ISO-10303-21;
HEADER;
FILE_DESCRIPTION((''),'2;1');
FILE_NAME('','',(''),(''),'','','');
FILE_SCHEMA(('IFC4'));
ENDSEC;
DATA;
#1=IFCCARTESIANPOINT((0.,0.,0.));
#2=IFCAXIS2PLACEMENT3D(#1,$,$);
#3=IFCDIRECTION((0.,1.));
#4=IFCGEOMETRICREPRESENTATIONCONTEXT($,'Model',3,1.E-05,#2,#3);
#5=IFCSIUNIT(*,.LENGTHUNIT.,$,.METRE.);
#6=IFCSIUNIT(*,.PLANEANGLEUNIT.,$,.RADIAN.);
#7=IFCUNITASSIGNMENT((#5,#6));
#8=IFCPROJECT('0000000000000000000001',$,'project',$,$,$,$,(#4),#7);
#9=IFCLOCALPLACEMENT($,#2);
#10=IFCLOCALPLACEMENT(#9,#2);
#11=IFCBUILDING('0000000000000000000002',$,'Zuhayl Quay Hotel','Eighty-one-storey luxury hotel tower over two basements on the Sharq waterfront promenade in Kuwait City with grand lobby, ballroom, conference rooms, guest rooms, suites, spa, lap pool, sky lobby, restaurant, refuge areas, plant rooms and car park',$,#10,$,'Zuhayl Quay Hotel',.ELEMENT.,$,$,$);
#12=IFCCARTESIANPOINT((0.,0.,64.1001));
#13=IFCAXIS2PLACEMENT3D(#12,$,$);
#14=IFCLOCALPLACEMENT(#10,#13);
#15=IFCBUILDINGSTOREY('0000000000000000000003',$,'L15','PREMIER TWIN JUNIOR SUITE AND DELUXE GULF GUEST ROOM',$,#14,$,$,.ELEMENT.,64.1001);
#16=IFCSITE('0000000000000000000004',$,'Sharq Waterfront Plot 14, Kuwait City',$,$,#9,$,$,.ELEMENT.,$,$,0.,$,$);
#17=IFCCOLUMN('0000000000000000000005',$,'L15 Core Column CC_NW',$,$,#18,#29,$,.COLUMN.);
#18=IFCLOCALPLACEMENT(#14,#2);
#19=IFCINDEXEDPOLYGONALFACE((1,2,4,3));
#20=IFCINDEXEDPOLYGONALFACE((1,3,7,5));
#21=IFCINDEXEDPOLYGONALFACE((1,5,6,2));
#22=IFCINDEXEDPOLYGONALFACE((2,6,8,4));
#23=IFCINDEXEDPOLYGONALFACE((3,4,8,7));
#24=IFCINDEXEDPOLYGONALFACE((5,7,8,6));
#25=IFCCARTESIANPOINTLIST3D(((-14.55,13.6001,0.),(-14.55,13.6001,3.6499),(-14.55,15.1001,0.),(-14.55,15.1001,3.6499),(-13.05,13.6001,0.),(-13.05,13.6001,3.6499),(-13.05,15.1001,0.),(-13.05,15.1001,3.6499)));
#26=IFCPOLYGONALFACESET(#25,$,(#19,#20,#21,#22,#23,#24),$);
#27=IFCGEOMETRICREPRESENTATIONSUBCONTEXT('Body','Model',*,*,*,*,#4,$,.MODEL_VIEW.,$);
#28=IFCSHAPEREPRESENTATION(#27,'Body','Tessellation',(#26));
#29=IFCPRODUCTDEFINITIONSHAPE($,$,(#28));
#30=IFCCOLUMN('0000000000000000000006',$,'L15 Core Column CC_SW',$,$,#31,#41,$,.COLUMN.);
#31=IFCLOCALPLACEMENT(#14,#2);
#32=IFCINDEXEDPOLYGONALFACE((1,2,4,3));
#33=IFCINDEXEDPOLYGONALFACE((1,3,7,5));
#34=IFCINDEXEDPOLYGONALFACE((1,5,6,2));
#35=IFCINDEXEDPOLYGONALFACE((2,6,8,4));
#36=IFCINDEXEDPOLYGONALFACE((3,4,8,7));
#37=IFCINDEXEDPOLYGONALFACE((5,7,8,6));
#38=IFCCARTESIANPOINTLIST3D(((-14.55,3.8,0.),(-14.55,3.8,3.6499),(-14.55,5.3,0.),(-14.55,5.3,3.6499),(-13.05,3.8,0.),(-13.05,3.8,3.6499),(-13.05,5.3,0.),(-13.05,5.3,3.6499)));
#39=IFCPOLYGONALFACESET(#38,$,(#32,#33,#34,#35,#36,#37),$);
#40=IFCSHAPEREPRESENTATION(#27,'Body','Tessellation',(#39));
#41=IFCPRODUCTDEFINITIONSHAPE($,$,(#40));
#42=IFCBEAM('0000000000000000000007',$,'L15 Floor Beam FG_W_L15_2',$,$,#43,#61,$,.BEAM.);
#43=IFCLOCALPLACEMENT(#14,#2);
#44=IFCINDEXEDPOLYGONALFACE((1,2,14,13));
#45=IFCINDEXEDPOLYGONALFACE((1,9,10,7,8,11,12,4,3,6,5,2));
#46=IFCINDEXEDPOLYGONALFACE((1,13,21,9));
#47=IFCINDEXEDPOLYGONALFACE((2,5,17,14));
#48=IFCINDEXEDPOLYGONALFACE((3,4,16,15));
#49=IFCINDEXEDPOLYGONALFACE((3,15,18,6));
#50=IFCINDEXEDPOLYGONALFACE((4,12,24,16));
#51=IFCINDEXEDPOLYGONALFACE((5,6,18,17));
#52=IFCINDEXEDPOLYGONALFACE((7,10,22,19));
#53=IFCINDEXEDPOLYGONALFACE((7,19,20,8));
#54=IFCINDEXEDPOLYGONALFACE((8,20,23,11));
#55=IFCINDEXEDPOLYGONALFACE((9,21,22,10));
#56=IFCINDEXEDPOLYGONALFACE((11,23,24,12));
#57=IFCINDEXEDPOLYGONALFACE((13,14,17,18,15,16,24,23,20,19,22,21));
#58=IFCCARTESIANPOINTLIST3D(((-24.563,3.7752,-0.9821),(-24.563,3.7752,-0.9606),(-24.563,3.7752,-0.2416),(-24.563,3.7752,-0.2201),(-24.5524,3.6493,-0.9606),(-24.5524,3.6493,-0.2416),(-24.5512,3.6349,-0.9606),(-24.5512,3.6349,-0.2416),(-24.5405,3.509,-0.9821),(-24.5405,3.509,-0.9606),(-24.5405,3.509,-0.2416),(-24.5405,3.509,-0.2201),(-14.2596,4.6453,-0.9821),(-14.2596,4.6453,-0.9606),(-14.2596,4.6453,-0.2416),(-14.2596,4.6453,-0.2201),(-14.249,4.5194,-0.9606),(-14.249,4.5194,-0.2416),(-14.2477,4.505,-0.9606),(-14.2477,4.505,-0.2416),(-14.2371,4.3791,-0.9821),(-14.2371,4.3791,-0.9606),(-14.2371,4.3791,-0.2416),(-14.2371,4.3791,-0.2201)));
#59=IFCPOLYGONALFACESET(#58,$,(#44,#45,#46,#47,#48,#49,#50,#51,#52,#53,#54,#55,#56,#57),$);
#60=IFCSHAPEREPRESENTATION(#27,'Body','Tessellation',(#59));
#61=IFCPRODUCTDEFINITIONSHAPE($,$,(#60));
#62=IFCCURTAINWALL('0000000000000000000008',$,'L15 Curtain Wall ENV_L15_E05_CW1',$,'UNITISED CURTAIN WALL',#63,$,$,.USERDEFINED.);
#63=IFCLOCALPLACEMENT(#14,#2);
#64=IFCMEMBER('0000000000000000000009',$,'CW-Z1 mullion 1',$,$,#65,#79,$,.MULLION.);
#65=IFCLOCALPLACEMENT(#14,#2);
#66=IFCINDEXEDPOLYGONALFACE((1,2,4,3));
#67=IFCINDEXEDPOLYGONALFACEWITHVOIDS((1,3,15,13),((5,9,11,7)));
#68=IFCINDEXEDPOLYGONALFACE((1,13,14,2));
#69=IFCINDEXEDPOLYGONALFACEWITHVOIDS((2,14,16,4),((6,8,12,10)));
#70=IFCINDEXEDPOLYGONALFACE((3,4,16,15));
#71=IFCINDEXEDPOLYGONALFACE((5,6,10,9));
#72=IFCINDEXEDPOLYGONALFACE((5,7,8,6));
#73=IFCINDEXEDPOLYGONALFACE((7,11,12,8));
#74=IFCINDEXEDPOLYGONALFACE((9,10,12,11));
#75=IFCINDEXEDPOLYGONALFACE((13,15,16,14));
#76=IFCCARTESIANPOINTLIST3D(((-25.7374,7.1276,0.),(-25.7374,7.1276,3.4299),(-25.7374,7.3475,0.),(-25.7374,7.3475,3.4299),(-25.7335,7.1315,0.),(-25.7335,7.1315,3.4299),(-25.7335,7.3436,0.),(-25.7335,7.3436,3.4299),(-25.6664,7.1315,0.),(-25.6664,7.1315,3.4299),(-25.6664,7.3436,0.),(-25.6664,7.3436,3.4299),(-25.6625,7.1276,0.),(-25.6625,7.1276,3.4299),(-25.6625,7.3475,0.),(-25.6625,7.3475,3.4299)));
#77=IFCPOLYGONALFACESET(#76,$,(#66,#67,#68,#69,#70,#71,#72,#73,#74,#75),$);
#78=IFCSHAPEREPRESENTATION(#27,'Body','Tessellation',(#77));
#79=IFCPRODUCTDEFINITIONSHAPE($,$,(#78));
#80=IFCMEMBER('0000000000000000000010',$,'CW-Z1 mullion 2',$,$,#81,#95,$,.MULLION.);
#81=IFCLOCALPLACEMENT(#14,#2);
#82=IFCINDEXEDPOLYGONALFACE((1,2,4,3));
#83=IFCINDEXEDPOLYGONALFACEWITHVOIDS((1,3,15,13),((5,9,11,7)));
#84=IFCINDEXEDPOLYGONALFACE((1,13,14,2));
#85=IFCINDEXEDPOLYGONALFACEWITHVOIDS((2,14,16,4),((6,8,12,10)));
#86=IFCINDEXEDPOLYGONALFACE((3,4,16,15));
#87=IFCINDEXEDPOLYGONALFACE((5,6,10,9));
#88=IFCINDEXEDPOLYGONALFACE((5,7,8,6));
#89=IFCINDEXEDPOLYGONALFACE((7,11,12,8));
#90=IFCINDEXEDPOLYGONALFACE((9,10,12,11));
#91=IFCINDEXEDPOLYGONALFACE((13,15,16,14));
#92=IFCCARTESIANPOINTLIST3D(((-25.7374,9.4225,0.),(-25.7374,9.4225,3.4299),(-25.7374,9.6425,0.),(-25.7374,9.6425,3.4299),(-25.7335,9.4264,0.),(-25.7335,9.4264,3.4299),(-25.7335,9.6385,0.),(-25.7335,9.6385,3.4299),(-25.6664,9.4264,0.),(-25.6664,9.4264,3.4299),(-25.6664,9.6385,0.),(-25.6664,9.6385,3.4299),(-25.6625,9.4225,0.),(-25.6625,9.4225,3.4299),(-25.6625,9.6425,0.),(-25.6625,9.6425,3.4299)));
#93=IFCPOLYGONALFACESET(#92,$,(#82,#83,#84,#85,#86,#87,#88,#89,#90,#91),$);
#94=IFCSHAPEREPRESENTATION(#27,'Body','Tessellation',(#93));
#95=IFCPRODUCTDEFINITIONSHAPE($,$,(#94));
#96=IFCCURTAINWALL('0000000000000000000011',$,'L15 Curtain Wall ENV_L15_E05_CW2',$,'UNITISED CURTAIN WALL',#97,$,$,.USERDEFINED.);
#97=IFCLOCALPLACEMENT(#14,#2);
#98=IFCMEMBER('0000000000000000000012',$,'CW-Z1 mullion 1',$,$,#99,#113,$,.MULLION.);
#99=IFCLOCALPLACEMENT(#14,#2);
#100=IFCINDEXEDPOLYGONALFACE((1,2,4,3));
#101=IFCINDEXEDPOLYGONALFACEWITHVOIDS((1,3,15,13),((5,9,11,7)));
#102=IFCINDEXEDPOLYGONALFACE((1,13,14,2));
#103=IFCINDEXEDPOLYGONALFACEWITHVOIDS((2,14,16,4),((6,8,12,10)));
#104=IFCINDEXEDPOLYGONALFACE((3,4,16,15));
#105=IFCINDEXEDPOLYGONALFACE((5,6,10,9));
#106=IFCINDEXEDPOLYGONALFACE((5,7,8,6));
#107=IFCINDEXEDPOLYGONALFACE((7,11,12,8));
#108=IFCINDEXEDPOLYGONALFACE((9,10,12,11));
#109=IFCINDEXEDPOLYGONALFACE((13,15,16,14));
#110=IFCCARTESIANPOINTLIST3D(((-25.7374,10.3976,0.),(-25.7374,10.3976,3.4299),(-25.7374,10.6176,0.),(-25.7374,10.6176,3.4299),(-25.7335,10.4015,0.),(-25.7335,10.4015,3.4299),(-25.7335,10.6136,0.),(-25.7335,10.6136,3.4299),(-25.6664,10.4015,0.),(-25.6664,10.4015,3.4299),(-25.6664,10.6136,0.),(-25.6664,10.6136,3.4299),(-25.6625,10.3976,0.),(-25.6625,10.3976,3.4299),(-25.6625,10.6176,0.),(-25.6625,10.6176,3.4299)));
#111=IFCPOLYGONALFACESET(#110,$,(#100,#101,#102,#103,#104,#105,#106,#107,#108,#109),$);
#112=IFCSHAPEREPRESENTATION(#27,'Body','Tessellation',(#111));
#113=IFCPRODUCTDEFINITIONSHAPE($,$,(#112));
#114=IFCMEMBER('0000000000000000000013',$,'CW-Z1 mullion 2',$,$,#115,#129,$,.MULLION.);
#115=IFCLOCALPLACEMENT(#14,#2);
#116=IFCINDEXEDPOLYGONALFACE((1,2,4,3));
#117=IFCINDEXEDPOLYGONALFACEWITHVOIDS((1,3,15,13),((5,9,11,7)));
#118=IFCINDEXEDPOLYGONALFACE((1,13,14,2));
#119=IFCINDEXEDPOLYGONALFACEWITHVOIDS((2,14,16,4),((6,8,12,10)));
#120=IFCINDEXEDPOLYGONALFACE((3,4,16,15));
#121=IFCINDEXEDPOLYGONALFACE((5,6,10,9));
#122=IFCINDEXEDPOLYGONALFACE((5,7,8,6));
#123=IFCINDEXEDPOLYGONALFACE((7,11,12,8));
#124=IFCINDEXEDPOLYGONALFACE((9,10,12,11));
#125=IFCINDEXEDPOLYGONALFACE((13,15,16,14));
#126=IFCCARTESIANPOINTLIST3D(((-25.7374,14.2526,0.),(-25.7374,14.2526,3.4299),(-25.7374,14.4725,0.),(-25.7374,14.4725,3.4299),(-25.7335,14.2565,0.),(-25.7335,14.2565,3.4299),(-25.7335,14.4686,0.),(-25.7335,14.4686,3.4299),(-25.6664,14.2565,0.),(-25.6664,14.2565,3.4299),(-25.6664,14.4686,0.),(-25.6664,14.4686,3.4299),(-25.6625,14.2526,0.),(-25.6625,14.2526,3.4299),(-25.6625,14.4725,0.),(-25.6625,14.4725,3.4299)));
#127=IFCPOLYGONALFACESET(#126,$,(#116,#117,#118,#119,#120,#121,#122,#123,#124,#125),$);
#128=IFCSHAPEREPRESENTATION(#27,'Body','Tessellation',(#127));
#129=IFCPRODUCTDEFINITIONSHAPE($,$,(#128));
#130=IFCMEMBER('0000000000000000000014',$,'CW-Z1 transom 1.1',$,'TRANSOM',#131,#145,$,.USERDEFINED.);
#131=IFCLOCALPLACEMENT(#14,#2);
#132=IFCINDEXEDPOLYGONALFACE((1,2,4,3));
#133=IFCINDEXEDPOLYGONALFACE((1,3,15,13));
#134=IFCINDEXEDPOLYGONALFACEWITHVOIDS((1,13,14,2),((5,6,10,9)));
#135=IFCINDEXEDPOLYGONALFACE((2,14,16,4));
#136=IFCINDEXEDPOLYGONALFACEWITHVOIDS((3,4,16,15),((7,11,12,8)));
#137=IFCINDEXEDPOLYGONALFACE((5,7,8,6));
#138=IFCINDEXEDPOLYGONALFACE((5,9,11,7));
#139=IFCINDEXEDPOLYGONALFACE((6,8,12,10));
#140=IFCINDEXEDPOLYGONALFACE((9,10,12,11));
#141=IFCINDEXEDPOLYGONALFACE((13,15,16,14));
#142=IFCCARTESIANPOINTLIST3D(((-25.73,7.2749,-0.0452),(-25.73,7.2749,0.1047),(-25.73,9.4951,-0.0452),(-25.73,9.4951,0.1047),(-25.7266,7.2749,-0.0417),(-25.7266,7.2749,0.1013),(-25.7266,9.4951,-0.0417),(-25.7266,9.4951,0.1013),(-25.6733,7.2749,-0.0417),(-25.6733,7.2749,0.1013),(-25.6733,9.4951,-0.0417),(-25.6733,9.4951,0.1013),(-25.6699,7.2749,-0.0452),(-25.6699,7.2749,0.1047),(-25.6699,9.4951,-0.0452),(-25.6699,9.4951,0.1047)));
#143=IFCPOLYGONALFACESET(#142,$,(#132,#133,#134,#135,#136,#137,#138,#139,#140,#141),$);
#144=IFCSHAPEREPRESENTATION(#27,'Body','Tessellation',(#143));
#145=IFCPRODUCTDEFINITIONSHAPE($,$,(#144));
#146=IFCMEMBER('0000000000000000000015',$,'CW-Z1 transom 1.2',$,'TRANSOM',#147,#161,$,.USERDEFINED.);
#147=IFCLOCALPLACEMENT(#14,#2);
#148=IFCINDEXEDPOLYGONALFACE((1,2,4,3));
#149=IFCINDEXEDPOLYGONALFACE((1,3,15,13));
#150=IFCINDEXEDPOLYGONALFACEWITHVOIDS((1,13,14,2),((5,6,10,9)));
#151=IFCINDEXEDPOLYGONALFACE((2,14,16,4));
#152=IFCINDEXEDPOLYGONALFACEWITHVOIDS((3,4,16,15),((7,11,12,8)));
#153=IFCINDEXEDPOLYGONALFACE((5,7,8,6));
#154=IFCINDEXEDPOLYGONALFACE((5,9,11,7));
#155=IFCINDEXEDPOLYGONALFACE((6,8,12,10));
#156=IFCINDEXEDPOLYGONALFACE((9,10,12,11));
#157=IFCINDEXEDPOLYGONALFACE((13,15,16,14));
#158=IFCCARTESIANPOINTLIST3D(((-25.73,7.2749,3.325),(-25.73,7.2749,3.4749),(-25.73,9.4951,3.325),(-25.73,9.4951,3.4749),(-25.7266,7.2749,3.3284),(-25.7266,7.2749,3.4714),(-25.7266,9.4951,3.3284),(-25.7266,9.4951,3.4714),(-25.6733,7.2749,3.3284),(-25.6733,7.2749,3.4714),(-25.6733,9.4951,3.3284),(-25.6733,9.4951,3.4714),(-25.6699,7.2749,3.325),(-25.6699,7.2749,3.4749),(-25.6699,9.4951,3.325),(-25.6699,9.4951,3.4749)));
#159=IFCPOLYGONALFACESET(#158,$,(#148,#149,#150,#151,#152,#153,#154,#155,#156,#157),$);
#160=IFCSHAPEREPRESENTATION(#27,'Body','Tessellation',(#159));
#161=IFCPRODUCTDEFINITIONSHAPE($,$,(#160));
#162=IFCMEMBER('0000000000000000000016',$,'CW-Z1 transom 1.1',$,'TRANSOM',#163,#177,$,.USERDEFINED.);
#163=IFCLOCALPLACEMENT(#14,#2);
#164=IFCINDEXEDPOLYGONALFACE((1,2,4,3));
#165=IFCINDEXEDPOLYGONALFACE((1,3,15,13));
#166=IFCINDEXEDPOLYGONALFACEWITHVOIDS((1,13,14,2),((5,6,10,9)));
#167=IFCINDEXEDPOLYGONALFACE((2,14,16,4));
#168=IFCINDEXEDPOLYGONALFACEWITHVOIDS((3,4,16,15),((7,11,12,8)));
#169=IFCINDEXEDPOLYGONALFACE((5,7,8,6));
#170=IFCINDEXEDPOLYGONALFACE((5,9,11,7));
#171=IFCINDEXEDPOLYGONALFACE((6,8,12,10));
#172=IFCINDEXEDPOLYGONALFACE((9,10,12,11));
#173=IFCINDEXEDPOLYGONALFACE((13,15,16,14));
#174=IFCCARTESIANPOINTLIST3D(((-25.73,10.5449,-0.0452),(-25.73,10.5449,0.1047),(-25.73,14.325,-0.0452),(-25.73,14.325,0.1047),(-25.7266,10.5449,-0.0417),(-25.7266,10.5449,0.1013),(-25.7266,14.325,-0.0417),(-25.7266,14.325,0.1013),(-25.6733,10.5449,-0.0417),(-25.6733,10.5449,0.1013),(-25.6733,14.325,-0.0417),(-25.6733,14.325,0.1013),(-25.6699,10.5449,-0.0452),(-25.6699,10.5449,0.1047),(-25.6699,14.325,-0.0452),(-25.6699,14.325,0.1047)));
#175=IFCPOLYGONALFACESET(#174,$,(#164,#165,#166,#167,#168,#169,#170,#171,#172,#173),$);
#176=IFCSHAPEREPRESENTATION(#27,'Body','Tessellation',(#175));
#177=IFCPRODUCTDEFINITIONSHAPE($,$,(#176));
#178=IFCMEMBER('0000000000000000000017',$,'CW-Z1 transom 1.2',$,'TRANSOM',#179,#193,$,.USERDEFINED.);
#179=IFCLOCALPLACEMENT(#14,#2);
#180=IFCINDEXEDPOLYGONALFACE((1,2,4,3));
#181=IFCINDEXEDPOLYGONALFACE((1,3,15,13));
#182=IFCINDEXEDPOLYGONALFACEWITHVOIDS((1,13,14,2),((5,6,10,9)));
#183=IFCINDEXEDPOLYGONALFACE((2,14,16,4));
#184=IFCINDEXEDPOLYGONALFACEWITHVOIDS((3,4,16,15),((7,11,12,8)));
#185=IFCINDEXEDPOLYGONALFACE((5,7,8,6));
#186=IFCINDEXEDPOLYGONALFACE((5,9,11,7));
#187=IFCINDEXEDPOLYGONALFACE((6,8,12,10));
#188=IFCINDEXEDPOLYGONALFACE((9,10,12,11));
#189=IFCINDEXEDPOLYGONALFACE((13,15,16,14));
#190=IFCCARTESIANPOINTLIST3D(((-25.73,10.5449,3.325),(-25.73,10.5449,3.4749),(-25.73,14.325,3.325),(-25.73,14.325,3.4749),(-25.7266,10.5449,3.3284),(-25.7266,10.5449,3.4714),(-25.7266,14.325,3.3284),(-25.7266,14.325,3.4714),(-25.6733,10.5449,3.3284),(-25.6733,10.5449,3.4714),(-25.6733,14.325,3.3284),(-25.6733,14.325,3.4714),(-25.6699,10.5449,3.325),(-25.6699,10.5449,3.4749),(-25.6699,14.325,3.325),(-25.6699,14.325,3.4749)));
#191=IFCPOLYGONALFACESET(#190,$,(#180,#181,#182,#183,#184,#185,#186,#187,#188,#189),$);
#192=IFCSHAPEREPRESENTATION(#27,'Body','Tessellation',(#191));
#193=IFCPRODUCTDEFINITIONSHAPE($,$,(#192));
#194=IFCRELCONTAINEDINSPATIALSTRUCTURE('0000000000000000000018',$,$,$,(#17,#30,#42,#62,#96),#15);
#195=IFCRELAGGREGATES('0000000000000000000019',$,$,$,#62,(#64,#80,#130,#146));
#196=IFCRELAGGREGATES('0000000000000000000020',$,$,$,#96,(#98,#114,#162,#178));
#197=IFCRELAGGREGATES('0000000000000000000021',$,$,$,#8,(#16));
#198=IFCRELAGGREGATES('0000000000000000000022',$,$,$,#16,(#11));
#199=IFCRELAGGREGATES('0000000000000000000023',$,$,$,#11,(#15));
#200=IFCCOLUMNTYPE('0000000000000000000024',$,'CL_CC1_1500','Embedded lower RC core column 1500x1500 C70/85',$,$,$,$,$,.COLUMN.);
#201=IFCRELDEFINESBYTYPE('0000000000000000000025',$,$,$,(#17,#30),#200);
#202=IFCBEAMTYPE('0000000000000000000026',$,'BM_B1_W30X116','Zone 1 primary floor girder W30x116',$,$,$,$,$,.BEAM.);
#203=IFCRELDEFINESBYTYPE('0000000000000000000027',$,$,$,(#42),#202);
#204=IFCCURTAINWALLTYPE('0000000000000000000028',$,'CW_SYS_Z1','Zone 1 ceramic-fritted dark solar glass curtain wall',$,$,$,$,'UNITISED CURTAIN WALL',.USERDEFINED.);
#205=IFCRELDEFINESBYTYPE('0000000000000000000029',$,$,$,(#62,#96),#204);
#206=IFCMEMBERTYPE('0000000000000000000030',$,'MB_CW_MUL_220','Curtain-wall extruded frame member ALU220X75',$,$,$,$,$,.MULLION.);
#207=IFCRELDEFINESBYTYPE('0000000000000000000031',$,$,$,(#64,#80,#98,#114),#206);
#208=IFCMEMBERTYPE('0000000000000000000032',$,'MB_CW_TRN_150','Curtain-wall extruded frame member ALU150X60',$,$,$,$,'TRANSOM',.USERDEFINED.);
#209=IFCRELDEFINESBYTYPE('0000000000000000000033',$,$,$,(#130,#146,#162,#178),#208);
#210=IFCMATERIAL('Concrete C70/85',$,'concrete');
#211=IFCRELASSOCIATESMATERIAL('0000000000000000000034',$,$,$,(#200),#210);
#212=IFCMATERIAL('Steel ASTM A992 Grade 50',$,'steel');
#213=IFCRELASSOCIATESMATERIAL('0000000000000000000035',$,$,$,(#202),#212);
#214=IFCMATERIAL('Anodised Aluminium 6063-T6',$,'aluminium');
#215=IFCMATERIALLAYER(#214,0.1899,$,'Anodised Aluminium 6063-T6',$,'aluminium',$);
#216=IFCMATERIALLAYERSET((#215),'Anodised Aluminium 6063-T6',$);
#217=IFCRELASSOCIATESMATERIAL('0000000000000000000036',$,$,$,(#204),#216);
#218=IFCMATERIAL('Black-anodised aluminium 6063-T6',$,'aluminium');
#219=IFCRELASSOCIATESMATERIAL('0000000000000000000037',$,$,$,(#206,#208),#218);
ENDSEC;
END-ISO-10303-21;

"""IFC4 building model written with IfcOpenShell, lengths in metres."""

from ifc_helpers import new_model, si_unit, direction, frame, origin, origin_2d, place, context, subcontext, project, spatial, rectangle, hollow_rectangle, i_section, extrude, material, layer, layer_set, material_profile, profile_set, type_object, element, aggregate, save


model = new_model("IFC4")

# Units and contexts
model_context = context("Model", 3, precision=1e-05, world=origin(), true_north=direction((0.0, 1.0)))
body_context = subcontext(model_context, "Body", "Model", "MODEL_VIEW")
ifc_project = project(units=[si_unit("LENGTHUNIT", "METRE"), si_unit("PLANEANGLEUNIT", "RADIAN")], contexts=[model_context])

# Site, building, storey
site_placement = place(None, origin())
site = spatial("IfcSite", under=ifc_project, at=site_placement, Name="Sharq Waterfront Plot 14, Kuwait City", CompositionType="ELEMENT", RefElevation=0.0)
building_placement = place(site_placement, origin())
building = spatial("IfcBuilding", under=site, at=building_placement, Name="Zuhayl Quay Hotel", Description="Eighty-one-storey luxury hotel tower over two basements on the Sharq waterfront promenade in Kuwait City with grand lobby, ballroom, conference rooms, guest rooms, suites, spa, lap pool, sky lobby, restaurant, refuge areas, plant rooms and car park", LongName="Zuhayl Quay Hotel", CompositionType="ELEMENT")
storey_placement = place(building_placement, frame((0.0, 0.0, 64.1001)))
storey = spatial("IfcBuildingStorey", under=building, at=storey_placement, Name="L15", Description="PREMIER TWIN JUNIOR SUITE AND DELUXE GULF GUEST ROOM", CompositionType="ELEMENT", Elevation=64.1001)

# Columns
ifc_material_1 = material(Name="Concrete C70/85", Category="concrete")
ifc_material_profile_1 = material_profile(ifc_material_1, rectangle(XDim=1.5, YDim=1.5, at=origin_2d()), Name="RC1500X1500")
ifc_profile_set_1 = profile_set([ifc_material_profile_1], Name="Concrete C70/85")
column_type = type_object("IfcColumnType", Name="CL_CC1_1500", Description="Embedded lower RC core column 1500x1500 C70/85", PredefinedType="COLUMN", material=ifc_profile_set_1)
for number, where, z_axis, x_axis, name in (
    (1, (-13.8, 14.3501, 0.0), (0.0, 0.0, 1.0), (1.0, 0.0, 0.0), "L15 Core Column CC_NW"),
    (2, (-13.8, 4.55, 0.0), (0.0, 0.0, 1.0), (1.0, 0.0, 0.0), "L15 Core Column CC_SW"),
):
    element("IfcColumn", number, at=place(storey_placement, frame(where, z_axis=z_axis, x_axis=x_axis)), inside=storey, type_object=column_type, Name=name, PredefinedType="COLUMN", context=body_context, shape_type="SweptSolid", body=[
        extrude(rectangle(XDim=1.5, YDim=1.5, at=origin_2d()), origin(), (0.0, 0.0, 1.0), 3.6499),
    ])

# Beam
ifc_material_2 = material(Name="Steel ASTM A992 Grade 50", Category="steel")
ifc_material_profile_2 = material_profile(ifc_material_2, i_section(OverallWidth=0.2671, OverallDepth=0.762, WebThickness=0.0144, FlangeThickness=0.0215, at=origin_2d()), Name="W30X116")
ifc_profile_set_2 = profile_set([ifc_material_profile_2], Name="Steel ASTM A992 Grade 50")
beam_type = type_object("IfcBeamType", Name="BM_B1_W30X116", Description="Zone 1 primary floor girder W30x116", PredefinedType="BEAM", material=ifc_profile_set_2)
beam_placement = place(storey_placement, frame((-24.5518, 3.6421, -0.6011), z_axis=(0.996453, 0.084149, 0.0), x_axis=(-0.084149, 0.996453, 0.0)))
element("IfcBeam", 3, at=beam_placement, inside=storey, type_object=beam_type, Name="L15 Floor Beam FG_W_L15_2", PredefinedType="BEAM", context=body_context, shape_type="SweptSolid", body=[
    extrude(i_section(OverallWidth=0.2671, OverallDepth=0.762, WebThickness=0.0144, FlangeThickness=0.0215, at=origin_2d()), origin(), (0.0, 0.0, 1.0), 10.3401),
])

# Curtain walls, members
ifc_material_3 = material(Name="Anodised Aluminium 6063-T6", Category="aluminium")
ifc_layer_1 = layer(ifc_material_3, 0.1899, Name="Anodised Aluminium 6063-T6", Category="aluminium")
ifc_layer_set_1 = layer_set([ifc_layer_1], Name="Anodised Aluminium 6063-T6")
curtain_wall_type = type_object("IfcCurtainWallType", Name="CW_SYS_Z1", Description="Zone 1 ceramic-fritted dark solar glass curtain wall", ElementType="UNITISED CURTAIN WALL", PredefinedType="USERDEFINED", material=ifc_layer_set_1)
curtain_wall_1_placement = place(storey_placement, origin())
curtain_wall_1 = element("IfcCurtainWall", 4, at=curtain_wall_1_placement, inside=storey, type_object=curtain_wall_type, Name="L15 Curtain Wall ENV_L15_E05_CW1", ObjectType="UNITISED CURTAIN WALL", PredefinedType="USERDEFINED")
ifc_material_4 = material(Name="Black-anodised aluminium 6063-T6", Category="aluminium")
ifc_material_profile_3 = material_profile(ifc_material_4, hollow_rectangle(XDim=0.075, YDim=0.22, WallThickness=0.0039, at=origin_2d()), Name="ALU220X75")
ifc_profile_set_3 = profile_set([ifc_material_profile_3], Name="Black-anodised aluminium 6063-T6")
member_type_1 = type_object("IfcMemberType", Name="MB_CW_MUL_220", Description="Curtain-wall extruded frame member ALU220X75", PredefinedType="MULLION", material=ifc_profile_set_3)
member_1_placement = place(storey_placement, frame((-25.7, 7.2375, 0.0), z_axis=(0.0, 0.0, 1.0), x_axis=(-1.0, 0.0, 0.0)))
member_1 = element("IfcMember", 5, at=member_1_placement, type_object=member_type_1, Name="CW-Z1 mullion 1", PredefinedType="MULLION", context=body_context, shape_type="SweptSolid", body=[
    extrude(hollow_rectangle(XDim=0.075, YDim=0.22, WallThickness=0.0039, at=origin_2d()), origin(), (0.0, 0.0, 1.0), 3.4299),
])
member_2_placement = place(storey_placement, frame((-25.7, 9.5325, 0.0), z_axis=(0.0, 0.0, 1.0), x_axis=(-1.0, 0.0, 0.0)))
member_2 = element("IfcMember", 6, at=member_2_placement, type_object=member_type_1, Name="CW-Z1 mullion 2", PredefinedType="MULLION", context=body_context, shape_type="SweptSolid", body=[
    extrude(hollow_rectangle(XDim=0.075, YDim=0.22, WallThickness=0.0039, at=origin_2d()), origin(), (0.0, 0.0, 1.0), 3.4299),
])
curtain_wall_2_placement = place(storey_placement, origin())
curtain_wall_2 = element("IfcCurtainWall", 7, at=curtain_wall_2_placement, inside=storey, type_object=curtain_wall_type, Name="L15 Curtain Wall ENV_L15_E05_CW2", ObjectType="UNITISED CURTAIN WALL", PredefinedType="USERDEFINED")
member_3_placement = place(storey_placement, frame((-25.7, 10.5076, 0.0), z_axis=(0.0, 0.0, 1.0), x_axis=(-1.0, 0.0, 0.0)))
member_3 = element("IfcMember", 8, at=member_3_placement, type_object=member_type_1, Name="CW-Z1 mullion 1", PredefinedType="MULLION", context=body_context, shape_type="SweptSolid", body=[
    extrude(hollow_rectangle(XDim=0.075, YDim=0.22, WallThickness=0.0039, at=origin_2d()), origin(), (0.0, 0.0, 1.0), 3.4299),
])
member_4_placement = place(storey_placement, frame((-25.7, 14.3625, 0.0), z_axis=(0.0, 0.0, 1.0), x_axis=(-1.0, 0.0, 0.0)))
member_4 = element("IfcMember", 9, at=member_4_placement, type_object=member_type_1, Name="CW-Z1 mullion 2", PredefinedType="MULLION", context=body_context, shape_type="SweptSolid", body=[
    extrude(hollow_rectangle(XDim=0.075, YDim=0.22, WallThickness=0.0039, at=origin_2d()), origin(), (0.0, 0.0, 1.0), 3.4299),
])

# Members
ifc_material_profile_4 = material_profile(ifc_material_4, hollow_rectangle(XDim=0.0601, YDim=0.1499, WallThickness=0.0034, at=origin_2d()), Name="ALU150X60")
ifc_profile_set_4 = profile_set([ifc_material_profile_4], Name="Black-anodised aluminium 6063-T6")
member_type_2 = type_object("IfcMemberType", Name="MB_CW_TRN_150", Description="Curtain-wall extruded frame member ALU150X60", ElementType="TRANSOM", PredefinedType="USERDEFINED", material=ifc_profile_set_4)
member_5_placement = place(storey_placement, frame((-25.7, 7.2749, 0.0298), z_axis=(0.0, 1.0, 0.0), x_axis=(-1.0, 0.0, 0.0)))
member_5 = element("IfcMember", 10, at=member_5_placement, type_object=member_type_2, Name="CW-Z1 transom 1.1", ObjectType="TRANSOM", PredefinedType="USERDEFINED", context=body_context, shape_type="SweptSolid", body=[
    extrude(hollow_rectangle(XDim=0.0601, YDim=0.1499, WallThickness=0.0034, at=origin_2d()), origin(), (0.0, 0.0, 1.0), 2.2202),
])
member_6_placement = place(storey_placement, frame((-25.7, 7.2749, 3.3999), z_axis=(0.0, 1.0, 0.0), x_axis=(-1.0, 0.0, 0.0)))
member_6 = element("IfcMember", 11, at=member_6_placement, type_object=member_type_2, Name="CW-Z1 transom 1.2", ObjectType="TRANSOM", PredefinedType="USERDEFINED", context=body_context, shape_type="SweptSolid", body=[
    extrude(hollow_rectangle(XDim=0.0601, YDim=0.1499, WallThickness=0.0034, at=origin_2d()), origin(), (0.0, 0.0, 1.0), 2.2202),
])
member_7_placement = place(storey_placement, frame((-25.7, 10.5449, 0.0298), z_axis=(0.0, 1.0, 0.0), x_axis=(-1.0, 0.0, 0.0)))
member_7 = element("IfcMember", 12, at=member_7_placement, type_object=member_type_2, Name="CW-Z1 transom 1.1", ObjectType="TRANSOM", PredefinedType="USERDEFINED", context=body_context, shape_type="SweptSolid", body=[
    extrude(hollow_rectangle(XDim=0.0601, YDim=0.1499, WallThickness=0.0034, at=origin_2d()), origin(), (0.0, 0.0, 1.0), 3.78),
])
member_8_placement = place(storey_placement, frame((-25.7, 10.5449, 3.3999), z_axis=(0.0, 1.0, 0.0), x_axis=(-1.0, 0.0, 0.0)))
member_8 = element("IfcMember", 13, at=member_8_placement, type_object=member_type_2, Name="CW-Z1 transom 1.2", ObjectType="TRANSOM", PredefinedType="USERDEFINED", context=body_context, shape_type="SweptSolid", body=[
    extrude(hollow_rectangle(XDim=0.0601, YDim=0.1499, WallThickness=0.0034, at=origin_2d()), origin(), (0.0, 0.0, 1.0), 3.78),
])

aggregate(curtain_wall_1, [member_1, member_2, member_5, member_6])
aggregate(curtain_wall_2, [member_3, member_4, member_7, member_8])

save(model, "model.ifc")
